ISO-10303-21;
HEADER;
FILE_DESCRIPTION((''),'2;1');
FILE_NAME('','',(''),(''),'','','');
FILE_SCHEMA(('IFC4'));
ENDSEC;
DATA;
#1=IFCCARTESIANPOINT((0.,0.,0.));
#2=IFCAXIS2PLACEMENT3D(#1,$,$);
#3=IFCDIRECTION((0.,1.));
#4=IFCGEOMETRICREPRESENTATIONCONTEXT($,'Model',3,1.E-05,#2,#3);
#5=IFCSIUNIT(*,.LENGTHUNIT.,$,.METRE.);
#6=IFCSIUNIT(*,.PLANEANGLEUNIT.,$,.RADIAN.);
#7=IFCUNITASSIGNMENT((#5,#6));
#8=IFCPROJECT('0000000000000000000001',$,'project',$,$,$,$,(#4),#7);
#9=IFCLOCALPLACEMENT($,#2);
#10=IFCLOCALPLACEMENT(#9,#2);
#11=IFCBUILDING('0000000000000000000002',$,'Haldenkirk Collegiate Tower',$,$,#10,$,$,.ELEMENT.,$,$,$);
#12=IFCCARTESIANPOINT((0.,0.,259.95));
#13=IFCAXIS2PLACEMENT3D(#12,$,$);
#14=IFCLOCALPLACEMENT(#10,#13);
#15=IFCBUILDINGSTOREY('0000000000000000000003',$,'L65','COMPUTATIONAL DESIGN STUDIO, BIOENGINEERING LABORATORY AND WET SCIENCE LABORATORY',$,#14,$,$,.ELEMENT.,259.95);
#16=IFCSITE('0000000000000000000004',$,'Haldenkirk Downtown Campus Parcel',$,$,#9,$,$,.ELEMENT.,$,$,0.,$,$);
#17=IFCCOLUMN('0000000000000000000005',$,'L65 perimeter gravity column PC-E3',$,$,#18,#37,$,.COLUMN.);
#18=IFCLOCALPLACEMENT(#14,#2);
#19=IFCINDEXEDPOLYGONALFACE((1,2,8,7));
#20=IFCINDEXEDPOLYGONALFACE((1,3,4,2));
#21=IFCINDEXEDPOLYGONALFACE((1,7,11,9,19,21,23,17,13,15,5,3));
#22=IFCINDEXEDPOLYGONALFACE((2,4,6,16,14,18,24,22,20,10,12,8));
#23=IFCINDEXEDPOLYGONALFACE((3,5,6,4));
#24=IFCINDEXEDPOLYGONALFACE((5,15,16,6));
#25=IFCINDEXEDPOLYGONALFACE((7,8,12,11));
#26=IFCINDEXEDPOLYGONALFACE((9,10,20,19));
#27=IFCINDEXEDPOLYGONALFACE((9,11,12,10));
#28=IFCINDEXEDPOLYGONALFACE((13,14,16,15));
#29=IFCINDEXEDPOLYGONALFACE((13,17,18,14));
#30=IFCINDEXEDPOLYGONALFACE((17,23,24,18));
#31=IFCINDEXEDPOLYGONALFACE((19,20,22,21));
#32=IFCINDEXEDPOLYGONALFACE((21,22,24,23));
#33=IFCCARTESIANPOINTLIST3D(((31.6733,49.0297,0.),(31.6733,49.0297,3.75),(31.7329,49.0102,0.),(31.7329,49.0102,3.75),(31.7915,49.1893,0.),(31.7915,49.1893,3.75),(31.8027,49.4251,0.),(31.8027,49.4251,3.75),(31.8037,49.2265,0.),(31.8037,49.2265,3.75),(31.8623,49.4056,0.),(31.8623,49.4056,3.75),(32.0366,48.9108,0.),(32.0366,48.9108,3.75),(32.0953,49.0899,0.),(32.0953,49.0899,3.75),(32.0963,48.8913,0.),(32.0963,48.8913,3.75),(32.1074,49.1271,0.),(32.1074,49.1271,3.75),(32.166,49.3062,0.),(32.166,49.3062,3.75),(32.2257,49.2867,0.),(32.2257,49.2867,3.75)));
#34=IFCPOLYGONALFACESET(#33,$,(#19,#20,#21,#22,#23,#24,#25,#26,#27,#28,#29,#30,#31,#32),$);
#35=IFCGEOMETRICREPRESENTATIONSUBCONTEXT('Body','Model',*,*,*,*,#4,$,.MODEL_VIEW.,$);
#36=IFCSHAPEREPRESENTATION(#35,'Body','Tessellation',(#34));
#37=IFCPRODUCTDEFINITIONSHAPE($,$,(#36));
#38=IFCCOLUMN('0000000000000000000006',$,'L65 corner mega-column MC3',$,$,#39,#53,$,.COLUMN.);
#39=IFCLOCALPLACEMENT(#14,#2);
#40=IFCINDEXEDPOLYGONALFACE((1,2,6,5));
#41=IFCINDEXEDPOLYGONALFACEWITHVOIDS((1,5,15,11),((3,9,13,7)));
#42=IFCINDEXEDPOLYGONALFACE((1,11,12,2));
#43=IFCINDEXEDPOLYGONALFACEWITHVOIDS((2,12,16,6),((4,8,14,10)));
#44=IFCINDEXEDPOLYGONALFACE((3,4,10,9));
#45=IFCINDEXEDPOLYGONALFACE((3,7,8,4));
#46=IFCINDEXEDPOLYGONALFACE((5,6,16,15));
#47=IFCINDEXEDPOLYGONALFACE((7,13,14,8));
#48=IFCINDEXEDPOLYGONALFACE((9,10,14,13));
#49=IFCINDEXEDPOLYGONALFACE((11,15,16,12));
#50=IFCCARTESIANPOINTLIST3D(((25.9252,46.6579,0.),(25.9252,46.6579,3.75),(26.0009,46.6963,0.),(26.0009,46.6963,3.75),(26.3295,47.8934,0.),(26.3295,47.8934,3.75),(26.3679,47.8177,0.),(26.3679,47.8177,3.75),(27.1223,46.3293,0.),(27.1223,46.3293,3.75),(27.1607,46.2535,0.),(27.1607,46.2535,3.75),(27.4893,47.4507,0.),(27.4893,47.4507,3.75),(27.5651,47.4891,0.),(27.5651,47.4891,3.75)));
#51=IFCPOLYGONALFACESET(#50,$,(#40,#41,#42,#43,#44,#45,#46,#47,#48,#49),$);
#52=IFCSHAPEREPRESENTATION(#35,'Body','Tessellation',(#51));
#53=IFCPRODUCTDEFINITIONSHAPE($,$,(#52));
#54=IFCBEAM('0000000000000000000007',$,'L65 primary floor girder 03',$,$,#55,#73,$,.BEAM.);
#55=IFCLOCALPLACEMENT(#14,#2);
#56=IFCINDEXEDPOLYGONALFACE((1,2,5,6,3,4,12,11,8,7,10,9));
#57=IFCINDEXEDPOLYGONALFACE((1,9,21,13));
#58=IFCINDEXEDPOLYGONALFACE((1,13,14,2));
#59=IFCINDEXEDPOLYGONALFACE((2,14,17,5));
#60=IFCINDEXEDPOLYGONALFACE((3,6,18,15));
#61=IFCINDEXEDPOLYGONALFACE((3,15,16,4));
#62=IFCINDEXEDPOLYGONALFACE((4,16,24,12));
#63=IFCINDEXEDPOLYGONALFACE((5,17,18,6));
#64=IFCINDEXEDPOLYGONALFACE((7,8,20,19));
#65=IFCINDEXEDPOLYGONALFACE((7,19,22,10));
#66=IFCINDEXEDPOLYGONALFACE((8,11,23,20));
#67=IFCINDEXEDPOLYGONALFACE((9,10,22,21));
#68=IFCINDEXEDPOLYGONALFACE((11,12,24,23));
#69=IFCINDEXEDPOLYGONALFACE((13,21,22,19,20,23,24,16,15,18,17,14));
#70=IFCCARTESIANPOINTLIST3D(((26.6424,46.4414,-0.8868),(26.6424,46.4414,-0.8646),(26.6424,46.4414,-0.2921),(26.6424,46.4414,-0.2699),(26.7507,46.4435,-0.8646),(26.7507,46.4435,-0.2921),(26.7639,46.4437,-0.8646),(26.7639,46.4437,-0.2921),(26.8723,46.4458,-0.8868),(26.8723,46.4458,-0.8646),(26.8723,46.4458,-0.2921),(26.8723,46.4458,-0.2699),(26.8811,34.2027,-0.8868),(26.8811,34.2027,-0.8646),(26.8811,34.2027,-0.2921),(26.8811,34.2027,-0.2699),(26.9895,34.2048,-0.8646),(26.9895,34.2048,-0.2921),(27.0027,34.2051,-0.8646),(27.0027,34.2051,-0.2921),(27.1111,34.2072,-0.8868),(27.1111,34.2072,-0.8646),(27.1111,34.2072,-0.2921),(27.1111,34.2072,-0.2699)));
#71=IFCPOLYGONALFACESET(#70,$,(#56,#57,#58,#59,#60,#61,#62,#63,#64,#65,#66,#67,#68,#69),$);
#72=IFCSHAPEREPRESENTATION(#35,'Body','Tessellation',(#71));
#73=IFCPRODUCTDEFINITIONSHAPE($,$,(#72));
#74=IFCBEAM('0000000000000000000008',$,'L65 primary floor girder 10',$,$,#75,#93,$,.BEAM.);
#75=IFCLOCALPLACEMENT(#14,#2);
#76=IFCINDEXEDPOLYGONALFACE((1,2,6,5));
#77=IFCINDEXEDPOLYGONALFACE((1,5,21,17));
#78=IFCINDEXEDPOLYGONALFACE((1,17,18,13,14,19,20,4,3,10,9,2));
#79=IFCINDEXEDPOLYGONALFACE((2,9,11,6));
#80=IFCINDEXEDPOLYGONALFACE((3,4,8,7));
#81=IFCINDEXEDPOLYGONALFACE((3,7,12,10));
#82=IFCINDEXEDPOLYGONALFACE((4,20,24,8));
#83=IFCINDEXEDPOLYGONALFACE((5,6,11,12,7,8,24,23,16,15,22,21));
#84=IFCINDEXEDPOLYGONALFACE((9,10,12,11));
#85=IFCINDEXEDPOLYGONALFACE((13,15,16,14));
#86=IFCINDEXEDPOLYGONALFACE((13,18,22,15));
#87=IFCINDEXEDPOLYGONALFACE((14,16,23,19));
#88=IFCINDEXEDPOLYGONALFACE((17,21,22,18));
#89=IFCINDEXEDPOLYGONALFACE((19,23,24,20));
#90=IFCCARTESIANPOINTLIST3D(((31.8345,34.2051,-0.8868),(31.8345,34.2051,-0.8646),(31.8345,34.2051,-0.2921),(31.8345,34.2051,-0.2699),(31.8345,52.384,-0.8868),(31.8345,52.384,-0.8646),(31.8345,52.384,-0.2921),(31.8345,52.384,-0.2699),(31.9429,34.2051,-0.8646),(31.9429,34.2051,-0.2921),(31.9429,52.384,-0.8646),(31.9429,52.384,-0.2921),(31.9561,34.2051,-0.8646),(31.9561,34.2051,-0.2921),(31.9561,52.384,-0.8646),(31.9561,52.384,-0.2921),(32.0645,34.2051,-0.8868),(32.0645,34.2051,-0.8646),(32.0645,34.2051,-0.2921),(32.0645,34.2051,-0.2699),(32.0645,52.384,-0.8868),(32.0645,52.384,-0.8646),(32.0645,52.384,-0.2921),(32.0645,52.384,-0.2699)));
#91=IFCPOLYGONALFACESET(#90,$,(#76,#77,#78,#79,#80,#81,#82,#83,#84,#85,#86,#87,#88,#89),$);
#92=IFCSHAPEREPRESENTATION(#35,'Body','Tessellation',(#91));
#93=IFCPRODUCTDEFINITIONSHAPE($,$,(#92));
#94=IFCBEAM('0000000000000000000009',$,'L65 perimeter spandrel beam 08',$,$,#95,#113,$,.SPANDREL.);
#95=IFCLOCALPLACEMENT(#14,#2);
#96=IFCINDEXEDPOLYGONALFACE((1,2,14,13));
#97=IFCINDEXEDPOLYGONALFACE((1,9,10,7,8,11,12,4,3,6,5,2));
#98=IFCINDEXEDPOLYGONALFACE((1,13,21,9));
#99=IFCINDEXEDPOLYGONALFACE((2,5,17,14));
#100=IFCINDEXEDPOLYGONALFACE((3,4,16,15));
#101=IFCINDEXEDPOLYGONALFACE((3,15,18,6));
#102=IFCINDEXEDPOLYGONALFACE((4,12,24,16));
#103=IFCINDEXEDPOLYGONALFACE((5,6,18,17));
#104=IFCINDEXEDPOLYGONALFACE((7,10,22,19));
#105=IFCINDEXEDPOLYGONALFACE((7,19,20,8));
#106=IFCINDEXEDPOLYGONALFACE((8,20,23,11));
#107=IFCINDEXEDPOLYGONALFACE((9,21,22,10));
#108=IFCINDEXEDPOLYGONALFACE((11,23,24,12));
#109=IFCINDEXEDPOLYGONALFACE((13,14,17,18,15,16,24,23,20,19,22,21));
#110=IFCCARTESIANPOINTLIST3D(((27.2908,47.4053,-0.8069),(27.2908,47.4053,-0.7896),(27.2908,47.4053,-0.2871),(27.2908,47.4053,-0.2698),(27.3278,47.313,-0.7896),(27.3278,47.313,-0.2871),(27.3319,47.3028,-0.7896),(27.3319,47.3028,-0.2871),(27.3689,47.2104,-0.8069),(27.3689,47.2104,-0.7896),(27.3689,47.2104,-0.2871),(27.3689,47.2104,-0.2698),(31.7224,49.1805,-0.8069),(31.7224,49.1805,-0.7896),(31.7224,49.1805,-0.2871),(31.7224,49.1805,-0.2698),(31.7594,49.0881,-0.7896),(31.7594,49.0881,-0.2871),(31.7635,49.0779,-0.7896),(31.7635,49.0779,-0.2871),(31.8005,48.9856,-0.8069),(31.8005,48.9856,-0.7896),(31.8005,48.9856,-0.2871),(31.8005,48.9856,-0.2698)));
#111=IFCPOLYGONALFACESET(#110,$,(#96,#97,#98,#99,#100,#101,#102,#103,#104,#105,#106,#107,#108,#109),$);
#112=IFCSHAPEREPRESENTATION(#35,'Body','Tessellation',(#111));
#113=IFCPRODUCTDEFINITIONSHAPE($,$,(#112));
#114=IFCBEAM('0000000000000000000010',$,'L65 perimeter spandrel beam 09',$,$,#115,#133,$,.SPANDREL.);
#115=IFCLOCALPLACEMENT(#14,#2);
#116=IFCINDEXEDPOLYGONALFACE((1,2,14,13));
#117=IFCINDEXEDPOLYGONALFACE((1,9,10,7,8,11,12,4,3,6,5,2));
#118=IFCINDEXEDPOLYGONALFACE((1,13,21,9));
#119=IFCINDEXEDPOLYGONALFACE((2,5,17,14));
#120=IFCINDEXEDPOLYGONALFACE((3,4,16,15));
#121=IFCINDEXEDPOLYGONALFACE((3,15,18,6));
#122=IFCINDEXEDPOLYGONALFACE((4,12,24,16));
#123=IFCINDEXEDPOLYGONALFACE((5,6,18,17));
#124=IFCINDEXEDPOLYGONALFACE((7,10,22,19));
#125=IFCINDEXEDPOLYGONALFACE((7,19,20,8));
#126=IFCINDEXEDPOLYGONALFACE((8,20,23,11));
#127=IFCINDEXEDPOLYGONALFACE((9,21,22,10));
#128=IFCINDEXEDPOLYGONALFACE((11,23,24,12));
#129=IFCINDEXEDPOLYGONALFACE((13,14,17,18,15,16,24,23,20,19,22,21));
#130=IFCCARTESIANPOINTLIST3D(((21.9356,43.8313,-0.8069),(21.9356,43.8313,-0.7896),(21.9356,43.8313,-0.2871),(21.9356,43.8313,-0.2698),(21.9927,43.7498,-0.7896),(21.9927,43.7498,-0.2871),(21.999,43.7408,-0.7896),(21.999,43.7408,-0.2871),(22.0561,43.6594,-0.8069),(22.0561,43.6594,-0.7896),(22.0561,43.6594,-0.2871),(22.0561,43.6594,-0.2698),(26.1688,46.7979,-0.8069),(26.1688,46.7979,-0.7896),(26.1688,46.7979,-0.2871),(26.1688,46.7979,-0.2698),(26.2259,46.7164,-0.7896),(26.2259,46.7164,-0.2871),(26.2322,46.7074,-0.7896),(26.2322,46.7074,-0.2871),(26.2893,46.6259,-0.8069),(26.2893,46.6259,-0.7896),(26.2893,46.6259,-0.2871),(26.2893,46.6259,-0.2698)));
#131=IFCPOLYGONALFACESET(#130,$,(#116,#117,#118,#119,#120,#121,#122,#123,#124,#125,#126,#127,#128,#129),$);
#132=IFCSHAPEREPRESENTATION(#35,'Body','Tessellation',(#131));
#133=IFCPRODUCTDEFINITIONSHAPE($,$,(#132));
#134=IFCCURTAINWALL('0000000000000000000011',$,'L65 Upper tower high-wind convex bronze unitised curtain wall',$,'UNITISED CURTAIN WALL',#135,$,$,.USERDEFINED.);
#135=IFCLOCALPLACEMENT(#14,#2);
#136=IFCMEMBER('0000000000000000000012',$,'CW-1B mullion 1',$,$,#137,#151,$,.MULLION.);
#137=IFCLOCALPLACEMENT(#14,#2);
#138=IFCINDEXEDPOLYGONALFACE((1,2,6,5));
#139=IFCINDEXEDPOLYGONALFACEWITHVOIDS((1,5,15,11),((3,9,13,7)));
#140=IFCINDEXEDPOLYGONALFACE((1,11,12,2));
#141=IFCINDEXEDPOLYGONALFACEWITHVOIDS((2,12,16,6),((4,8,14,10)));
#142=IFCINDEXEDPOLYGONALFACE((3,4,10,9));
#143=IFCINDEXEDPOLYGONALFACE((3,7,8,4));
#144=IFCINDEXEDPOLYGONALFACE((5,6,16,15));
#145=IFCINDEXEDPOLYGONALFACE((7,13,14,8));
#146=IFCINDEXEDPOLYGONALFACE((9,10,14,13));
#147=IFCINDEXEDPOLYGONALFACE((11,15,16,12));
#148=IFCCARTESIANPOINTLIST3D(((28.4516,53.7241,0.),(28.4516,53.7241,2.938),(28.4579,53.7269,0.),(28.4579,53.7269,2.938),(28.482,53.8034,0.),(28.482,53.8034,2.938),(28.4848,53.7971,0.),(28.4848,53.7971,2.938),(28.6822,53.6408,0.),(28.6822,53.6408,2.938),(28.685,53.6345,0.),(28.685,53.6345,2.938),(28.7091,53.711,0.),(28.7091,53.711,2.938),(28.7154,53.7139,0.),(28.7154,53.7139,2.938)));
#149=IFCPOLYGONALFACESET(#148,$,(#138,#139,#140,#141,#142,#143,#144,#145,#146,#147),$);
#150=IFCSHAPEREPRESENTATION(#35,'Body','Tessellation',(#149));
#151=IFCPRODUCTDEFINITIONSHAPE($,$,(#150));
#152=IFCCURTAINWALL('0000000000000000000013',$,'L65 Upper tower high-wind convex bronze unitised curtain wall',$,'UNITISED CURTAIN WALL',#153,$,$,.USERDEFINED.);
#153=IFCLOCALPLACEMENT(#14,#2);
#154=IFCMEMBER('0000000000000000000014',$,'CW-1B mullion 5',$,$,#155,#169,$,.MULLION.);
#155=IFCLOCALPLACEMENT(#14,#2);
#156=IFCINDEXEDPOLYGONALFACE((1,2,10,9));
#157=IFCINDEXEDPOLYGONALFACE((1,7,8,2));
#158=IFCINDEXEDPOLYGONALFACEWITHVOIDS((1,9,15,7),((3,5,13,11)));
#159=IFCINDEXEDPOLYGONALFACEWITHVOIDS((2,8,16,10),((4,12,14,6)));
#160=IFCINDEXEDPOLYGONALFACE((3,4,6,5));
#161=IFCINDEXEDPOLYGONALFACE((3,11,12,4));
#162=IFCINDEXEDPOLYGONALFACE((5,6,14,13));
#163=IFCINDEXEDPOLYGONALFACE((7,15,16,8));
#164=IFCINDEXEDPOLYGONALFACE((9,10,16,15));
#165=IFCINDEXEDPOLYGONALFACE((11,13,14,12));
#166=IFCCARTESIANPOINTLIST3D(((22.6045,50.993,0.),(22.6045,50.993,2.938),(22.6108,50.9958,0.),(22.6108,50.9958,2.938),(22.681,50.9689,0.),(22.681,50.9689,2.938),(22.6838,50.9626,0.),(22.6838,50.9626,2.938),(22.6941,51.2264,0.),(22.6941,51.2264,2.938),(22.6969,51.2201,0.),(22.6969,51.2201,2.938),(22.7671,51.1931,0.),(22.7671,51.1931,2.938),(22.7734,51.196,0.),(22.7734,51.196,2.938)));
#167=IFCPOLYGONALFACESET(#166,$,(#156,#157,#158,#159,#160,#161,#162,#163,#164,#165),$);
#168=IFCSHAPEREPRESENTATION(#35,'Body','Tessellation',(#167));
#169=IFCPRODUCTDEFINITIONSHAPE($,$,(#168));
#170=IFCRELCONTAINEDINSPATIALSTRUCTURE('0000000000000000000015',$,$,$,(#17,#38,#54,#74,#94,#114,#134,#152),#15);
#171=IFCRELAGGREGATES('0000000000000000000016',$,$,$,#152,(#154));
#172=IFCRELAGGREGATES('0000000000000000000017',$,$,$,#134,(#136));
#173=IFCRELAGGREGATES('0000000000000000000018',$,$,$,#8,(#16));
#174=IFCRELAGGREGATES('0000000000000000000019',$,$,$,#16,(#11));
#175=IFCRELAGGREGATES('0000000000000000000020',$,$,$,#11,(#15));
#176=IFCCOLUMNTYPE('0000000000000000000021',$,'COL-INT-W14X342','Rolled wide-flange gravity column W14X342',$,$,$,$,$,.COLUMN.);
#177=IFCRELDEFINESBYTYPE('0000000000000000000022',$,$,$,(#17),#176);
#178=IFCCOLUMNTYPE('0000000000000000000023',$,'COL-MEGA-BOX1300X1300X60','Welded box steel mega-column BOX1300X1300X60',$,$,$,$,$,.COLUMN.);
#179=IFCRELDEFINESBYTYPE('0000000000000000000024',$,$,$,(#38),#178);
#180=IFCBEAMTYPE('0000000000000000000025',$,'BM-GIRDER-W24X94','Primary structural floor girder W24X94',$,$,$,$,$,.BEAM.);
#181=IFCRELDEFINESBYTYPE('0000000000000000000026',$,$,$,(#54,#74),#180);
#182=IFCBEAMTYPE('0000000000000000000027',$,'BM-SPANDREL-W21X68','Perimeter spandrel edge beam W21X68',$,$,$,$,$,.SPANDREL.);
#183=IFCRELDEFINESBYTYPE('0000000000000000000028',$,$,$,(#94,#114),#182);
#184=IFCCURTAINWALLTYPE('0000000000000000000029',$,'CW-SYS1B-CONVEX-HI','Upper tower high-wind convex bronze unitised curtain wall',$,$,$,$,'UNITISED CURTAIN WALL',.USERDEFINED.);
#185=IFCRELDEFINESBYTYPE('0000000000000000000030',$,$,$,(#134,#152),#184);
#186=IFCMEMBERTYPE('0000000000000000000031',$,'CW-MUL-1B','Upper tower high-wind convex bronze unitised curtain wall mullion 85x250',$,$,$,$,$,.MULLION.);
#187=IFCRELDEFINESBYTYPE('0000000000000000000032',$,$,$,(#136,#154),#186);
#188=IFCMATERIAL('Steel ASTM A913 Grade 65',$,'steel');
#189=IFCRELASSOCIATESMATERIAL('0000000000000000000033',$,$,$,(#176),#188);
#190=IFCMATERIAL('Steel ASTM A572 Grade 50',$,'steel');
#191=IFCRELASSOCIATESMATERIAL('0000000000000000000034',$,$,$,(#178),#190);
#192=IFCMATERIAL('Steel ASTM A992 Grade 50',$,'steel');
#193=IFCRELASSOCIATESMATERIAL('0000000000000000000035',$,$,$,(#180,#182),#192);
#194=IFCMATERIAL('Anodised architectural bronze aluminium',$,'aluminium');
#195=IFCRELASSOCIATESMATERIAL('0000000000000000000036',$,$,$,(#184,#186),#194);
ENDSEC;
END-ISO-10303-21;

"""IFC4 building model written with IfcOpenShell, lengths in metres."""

from ifc_helpers import new_model, si_unit, direction, frame, origin, origin_2d, place, context, subcontext, project, spatial, hollow_rectangle, i_section, extrude, material, material_profile, profile_set, type_object, element, aggregate, save


model = new_model("IFC4")

# Units and contexts
model_context = context("Model", 3, precision=1e-05, world=origin(), true_north=direction((0.0, 1.0)))
body_context = subcontext(model_context, "Body", "Model", "MODEL_VIEW")
ifc_project = project(units=[si_unit("LENGTHUNIT", "METRE"), si_unit("PLANEANGLEUNIT", "RADIAN")], contexts=[model_context])

# Site, building, storey
site_placement = place(None, origin())
site = spatial("IfcSite", under=ifc_project, at=site_placement, Name="Haldenkirk Downtown Campus Parcel", CompositionType="ELEMENT", RefElevation=0.0)
building_placement = place(site_placement, origin())
building = spatial("IfcBuilding", under=site, at=building_placement, Name="Haldenkirk Collegiate Tower", CompositionType="ELEMENT")
storey_placement = place(building_placement, frame((0.0, 0.0, 259.95)))
storey = spatial("IfcBuildingStorey", under=building, at=storey_placement, Name="L65", Description="COMPUTATIONAL DESIGN STUDIO, BIOENGINEERING LABORATORY AND WET SCIENCE LABORATORY", CompositionType="ELEMENT", Elevation=259.95)

# Columns
ifc_material_1 = material(Name="Steel ASTM A913 Grade 65", Category="steel")
ifc_material_profile_1 = material_profile(ifc_material_1, i_section(OverallWidth=0.416, OverallDepth=0.4451, WebThickness=0.0391, FlangeThickness=0.0627, at=origin_2d()), Name="W14X342")
ifc_profile_set_1 = profile_set([ifc_material_profile_1], Name="Steel ASTM A913 Grade 65")
column_type_1 = type_object("IfcColumnType", Name="COL-INT-W14X342", Description="Rolled wide-flange gravity column W14X342", PredefinedType="COLUMN", material=ifc_profile_set_1)
column_1_placement = place(storey_placement, frame((31.9495, 49.1582, 0.0), z_axis=(0.0, 0.0, 1.0), x_axis=(0.311008, 0.950407, 0.0)))
element("IfcColumn", 1, at=column_1_placement, inside=storey, type_object=column_type_1, Name="L65 perimeter gravity column PC-E3", PredefinedType="COLUMN", context=body_context, shape_type="SweptSolid", body=[
    extrude(i_section(OverallWidth=0.416, OverallDepth=0.4451, WebThickness=0.0391, FlangeThickness=0.0627, at=origin_2d()), origin(), (0.0, 0.0, 1.0), 3.75),
])
ifc_material_2 = material(Name="Steel ASTM A572 Grade 50", Category="steel")
ifc_material_profile_2 = material_profile(ifc_material_2, hollow_rectangle(XDim=1.3, YDim=1.3, WallThickness=0.0601, at=origin_2d()), Name="BOX1300X1300X60")
ifc_profile_set_2 = profile_set([ifc_material_profile_2], Name="Steel ASTM A572 Grade 50")
column_type_2 = type_object("IfcColumnType", Name="COL-MEGA-BOX1300X1300X60", Description="Welded box steel mega-column BOX1300X1300X60", PredefinedType="COLUMN", material=ifc_profile_set_2)
column_2_placement = place(storey_placement, frame((26.7451, 47.0735, 0.0), z_axis=(0.0, 0.0, 1.0), x_axis=(0.311008, 0.950407, 0.0)))
element("IfcColumn", 2, at=column_2_placement, inside=storey, type_object=column_type_2, Name="L65 corner mega-column MC3", PredefinedType="COLUMN", context=body_context, shape_type="SweptSolid", body=[
    extrude(hollow_rectangle(XDim=1.3, YDim=1.3, WallThickness=0.0601, at=origin_2d()), origin(), (0.0, 0.0, 1.0), 3.75),
])

# Beams
ifc_material_3 = material(Name="Steel ASTM A992 Grade 50", Category="steel")
ifc_material_profile_3 = material_profile(ifc_material_3, i_section(OverallWidth=0.23, OverallDepth=0.6169, WebThickness=0.0132, FlangeThickness=0.0222, at=origin_2d()), Name="W24X94")
ifc_profile_set_3 = profile_set([ifc_material_profile_3], Name="Steel ASTM A992 Grade 50")
beam_type_1 = type_object("IfcBeamType", Name="BM-GIRDER-W24X94", Description="Primary structural floor girder W24X94", PredefinedType="BEAM", material=ifc_profile_set_3)
beam_1_placement = place(storey_placement, frame((26.7573, 46.4436, -0.5784), z_axis=(0.019506, -0.99981, 0.0), x_axis=(0.99981, 0.019506, 0.0)))
element("IfcBeam", 3, at=beam_1_placement, inside=storey, type_object=beam_type_1, Name="L65 primary floor girder 03", PredefinedType="BEAM", context=body_context, shape_type="SweptSolid", body=[
    extrude(i_section(OverallWidth=0.23, OverallDepth=0.6169, WebThickness=0.0132, FlangeThickness=0.0222, at=origin_2d()), origin(), (0.0, 0.0, 1.0), 12.241),
])
beam_2_placement = place(storey_placement, frame((31.9495, 52.384, -0.5784), z_axis=(0.0, -1.0, 0.0), x_axis=(1.0, 0.0, 0.0)))
element("IfcBeam", 4, at=beam_2_placement, inside=storey, type_object=beam_type_1, Name="L65 primary floor girder 10", PredefinedType="BEAM", context=body_context, shape_type="SweptSolid", body=[
    extrude(i_section(OverallWidth=0.23, OverallDepth=0.6169, WebThickness=0.0132, FlangeThickness=0.0222, at=origin_2d()), origin(), (0.0, 0.0, 1.0), 18.179),
])
ifc_material_profile_4 = material_profile(ifc_material_3, i_section(OverallWidth=0.21, OverallDepth=0.5371, WebThickness=0.011, FlangeThickness=0.0173, at=origin_2d()), Name="W21X68")
ifc_profile_set_4 = profile_set([ifc_material_profile_4], Name="Steel ASTM A992 Grade 50")
beam_type_2 = type_object("IfcBeamType", Name="BM-SPANDREL-W21X68", Description="Perimeter spandrel edge beam W21X68", PredefinedType="SPANDREL", material=ifc_profile_set_4)
beam_3_placement = place(storey_placement, frame((31.7615, 49.083, -0.5383), z_axis=(-0.928297, -0.37184, 0.0), x_axis=(0.37184, -0.928297, 0.0)))
element("IfcBeam", 5, at=beam_3_placement, inside=storey, type_object=beam_type_2, Name="L65 perimeter spandrel beam 08", PredefinedType="SPANDREL", context=body_context, shape_type="SweptSolid", body=[
    extrude(i_section(OverallWidth=0.21, OverallDepth=0.5371, WebThickness=0.011, FlangeThickness=0.0173, at=origin_2d()), origin(), (0.0, 0.0, 1.0), 4.7739),
])
beam_4_placement = place(storey_placement, frame((26.229, 46.7119, -0.5383), z_axis=(-0.818928, -0.573897, 0.0), x_axis=(0.573897, -0.818928, 0.0)))
element("IfcBeam", 6, at=beam_4_placement, inside=storey, type_object=beam_type_2, Name="L65 perimeter spandrel beam 09", PredefinedType="SPANDREL", context=body_context, shape_type="SweptSolid", body=[
    extrude(i_section(OverallWidth=0.21, OverallDepth=0.5371, WebThickness=0.011, FlangeThickness=0.0173, at=origin_2d()), origin(), (0.0, 0.0, 1.0), 5.1692),
])

# Curtain walls, members
ifc_material_4 = material(Name="Anodised architectural bronze aluminium", Category="aluminium")
curtain_wall_type = type_object("IfcCurtainWallType", Name="CW-SYS1B-CONVEX-HI", Description="Upper tower high-wind convex bronze unitised curtain wall", ElementType="UNITISED CURTAIN WALL", PredefinedType="USERDEFINED", material=ifc_material_4)
curtain_wall_1_placement = place(storey_placement, origin())
curtain_wall_1 = element("IfcCurtainWall", 7, at=curtain_wall_1_placement, inside=storey, type_object=curtain_wall_type, Name="L65 Upper tower high-wind convex bronze unitised curtain wall", ObjectType="UNITISED CURTAIN WALL", PredefinedType="USERDEFINED")
ifc_material_profile_5 = material_profile(ifc_material_4, hollow_rectangle(XDim=0.085, YDim=0.25, WallThickness=0.0049, at=origin_2d()), Name="CW-MUL-1B")
ifc_profile_set_5 = profile_set([ifc_material_profile_5], Name="Anodised architectural bronze aluminium")
member_type_1 = type_object("IfcMemberType", Name="CW-MUL-1B", Description="Upper tower high-wind convex bronze unitised curtain wall mullion 85x250", PredefinedType="MULLION", material=ifc_profile_set_5)
member_1_placement = place(storey_placement, frame((28.5835, 53.719, 0.0), z_axis=(0.0, 0.0, 1.0), x_axis=(0.358368, 0.93358, 0.0)))
member_1 = element("IfcMember", 8, at=member_1_placement, type_object=member_type_1, Name="CW-1B mullion 1", PredefinedType="MULLION", context=body_context, shape_type="SweptSolid", body=[
    extrude(hollow_rectangle(XDim=0.085, YDim=0.25, WallThickness=0.0049, at=origin_2d()), origin(), (0.0, 0.0, 1.0), 2.938),
])
curtain_wall_2_placement = place(storey_placement, origin())
curtain_wall_2 = element("IfcCurtainWall", 9, at=curtain_wall_2_placement, inside=storey, type_object=curtain_wall_type, Name="L65 Upper tower high-wind convex bronze unitised curtain wall", ObjectType="UNITISED CURTAIN WALL", PredefinedType="USERDEFINED")
member_2_placement = place(storey_placement, frame((22.689, 51.0945, 0.0), z_axis=(0.0, 0.0, 1.0), x_axis=(-0.93358, 0.358369, 0.0)))
member_2 = element("IfcMember", 10, at=member_2_placement, type_object=member_type_1, Name="CW-1B mullion 5", PredefinedType="MULLION", context=body_context, shape_type="SweptSolid", body=[
    extrude(hollow_rectangle(XDim=0.085, YDim=0.25, WallThickness=0.0049, at=origin_2d()), origin(), (0.0, 0.0, 1.0), 2.938),
])

aggregate(curtain_wall_2, [member_2])
aggregate(curtain_wall_1, [member_1])

save(model, "model.ifc")
